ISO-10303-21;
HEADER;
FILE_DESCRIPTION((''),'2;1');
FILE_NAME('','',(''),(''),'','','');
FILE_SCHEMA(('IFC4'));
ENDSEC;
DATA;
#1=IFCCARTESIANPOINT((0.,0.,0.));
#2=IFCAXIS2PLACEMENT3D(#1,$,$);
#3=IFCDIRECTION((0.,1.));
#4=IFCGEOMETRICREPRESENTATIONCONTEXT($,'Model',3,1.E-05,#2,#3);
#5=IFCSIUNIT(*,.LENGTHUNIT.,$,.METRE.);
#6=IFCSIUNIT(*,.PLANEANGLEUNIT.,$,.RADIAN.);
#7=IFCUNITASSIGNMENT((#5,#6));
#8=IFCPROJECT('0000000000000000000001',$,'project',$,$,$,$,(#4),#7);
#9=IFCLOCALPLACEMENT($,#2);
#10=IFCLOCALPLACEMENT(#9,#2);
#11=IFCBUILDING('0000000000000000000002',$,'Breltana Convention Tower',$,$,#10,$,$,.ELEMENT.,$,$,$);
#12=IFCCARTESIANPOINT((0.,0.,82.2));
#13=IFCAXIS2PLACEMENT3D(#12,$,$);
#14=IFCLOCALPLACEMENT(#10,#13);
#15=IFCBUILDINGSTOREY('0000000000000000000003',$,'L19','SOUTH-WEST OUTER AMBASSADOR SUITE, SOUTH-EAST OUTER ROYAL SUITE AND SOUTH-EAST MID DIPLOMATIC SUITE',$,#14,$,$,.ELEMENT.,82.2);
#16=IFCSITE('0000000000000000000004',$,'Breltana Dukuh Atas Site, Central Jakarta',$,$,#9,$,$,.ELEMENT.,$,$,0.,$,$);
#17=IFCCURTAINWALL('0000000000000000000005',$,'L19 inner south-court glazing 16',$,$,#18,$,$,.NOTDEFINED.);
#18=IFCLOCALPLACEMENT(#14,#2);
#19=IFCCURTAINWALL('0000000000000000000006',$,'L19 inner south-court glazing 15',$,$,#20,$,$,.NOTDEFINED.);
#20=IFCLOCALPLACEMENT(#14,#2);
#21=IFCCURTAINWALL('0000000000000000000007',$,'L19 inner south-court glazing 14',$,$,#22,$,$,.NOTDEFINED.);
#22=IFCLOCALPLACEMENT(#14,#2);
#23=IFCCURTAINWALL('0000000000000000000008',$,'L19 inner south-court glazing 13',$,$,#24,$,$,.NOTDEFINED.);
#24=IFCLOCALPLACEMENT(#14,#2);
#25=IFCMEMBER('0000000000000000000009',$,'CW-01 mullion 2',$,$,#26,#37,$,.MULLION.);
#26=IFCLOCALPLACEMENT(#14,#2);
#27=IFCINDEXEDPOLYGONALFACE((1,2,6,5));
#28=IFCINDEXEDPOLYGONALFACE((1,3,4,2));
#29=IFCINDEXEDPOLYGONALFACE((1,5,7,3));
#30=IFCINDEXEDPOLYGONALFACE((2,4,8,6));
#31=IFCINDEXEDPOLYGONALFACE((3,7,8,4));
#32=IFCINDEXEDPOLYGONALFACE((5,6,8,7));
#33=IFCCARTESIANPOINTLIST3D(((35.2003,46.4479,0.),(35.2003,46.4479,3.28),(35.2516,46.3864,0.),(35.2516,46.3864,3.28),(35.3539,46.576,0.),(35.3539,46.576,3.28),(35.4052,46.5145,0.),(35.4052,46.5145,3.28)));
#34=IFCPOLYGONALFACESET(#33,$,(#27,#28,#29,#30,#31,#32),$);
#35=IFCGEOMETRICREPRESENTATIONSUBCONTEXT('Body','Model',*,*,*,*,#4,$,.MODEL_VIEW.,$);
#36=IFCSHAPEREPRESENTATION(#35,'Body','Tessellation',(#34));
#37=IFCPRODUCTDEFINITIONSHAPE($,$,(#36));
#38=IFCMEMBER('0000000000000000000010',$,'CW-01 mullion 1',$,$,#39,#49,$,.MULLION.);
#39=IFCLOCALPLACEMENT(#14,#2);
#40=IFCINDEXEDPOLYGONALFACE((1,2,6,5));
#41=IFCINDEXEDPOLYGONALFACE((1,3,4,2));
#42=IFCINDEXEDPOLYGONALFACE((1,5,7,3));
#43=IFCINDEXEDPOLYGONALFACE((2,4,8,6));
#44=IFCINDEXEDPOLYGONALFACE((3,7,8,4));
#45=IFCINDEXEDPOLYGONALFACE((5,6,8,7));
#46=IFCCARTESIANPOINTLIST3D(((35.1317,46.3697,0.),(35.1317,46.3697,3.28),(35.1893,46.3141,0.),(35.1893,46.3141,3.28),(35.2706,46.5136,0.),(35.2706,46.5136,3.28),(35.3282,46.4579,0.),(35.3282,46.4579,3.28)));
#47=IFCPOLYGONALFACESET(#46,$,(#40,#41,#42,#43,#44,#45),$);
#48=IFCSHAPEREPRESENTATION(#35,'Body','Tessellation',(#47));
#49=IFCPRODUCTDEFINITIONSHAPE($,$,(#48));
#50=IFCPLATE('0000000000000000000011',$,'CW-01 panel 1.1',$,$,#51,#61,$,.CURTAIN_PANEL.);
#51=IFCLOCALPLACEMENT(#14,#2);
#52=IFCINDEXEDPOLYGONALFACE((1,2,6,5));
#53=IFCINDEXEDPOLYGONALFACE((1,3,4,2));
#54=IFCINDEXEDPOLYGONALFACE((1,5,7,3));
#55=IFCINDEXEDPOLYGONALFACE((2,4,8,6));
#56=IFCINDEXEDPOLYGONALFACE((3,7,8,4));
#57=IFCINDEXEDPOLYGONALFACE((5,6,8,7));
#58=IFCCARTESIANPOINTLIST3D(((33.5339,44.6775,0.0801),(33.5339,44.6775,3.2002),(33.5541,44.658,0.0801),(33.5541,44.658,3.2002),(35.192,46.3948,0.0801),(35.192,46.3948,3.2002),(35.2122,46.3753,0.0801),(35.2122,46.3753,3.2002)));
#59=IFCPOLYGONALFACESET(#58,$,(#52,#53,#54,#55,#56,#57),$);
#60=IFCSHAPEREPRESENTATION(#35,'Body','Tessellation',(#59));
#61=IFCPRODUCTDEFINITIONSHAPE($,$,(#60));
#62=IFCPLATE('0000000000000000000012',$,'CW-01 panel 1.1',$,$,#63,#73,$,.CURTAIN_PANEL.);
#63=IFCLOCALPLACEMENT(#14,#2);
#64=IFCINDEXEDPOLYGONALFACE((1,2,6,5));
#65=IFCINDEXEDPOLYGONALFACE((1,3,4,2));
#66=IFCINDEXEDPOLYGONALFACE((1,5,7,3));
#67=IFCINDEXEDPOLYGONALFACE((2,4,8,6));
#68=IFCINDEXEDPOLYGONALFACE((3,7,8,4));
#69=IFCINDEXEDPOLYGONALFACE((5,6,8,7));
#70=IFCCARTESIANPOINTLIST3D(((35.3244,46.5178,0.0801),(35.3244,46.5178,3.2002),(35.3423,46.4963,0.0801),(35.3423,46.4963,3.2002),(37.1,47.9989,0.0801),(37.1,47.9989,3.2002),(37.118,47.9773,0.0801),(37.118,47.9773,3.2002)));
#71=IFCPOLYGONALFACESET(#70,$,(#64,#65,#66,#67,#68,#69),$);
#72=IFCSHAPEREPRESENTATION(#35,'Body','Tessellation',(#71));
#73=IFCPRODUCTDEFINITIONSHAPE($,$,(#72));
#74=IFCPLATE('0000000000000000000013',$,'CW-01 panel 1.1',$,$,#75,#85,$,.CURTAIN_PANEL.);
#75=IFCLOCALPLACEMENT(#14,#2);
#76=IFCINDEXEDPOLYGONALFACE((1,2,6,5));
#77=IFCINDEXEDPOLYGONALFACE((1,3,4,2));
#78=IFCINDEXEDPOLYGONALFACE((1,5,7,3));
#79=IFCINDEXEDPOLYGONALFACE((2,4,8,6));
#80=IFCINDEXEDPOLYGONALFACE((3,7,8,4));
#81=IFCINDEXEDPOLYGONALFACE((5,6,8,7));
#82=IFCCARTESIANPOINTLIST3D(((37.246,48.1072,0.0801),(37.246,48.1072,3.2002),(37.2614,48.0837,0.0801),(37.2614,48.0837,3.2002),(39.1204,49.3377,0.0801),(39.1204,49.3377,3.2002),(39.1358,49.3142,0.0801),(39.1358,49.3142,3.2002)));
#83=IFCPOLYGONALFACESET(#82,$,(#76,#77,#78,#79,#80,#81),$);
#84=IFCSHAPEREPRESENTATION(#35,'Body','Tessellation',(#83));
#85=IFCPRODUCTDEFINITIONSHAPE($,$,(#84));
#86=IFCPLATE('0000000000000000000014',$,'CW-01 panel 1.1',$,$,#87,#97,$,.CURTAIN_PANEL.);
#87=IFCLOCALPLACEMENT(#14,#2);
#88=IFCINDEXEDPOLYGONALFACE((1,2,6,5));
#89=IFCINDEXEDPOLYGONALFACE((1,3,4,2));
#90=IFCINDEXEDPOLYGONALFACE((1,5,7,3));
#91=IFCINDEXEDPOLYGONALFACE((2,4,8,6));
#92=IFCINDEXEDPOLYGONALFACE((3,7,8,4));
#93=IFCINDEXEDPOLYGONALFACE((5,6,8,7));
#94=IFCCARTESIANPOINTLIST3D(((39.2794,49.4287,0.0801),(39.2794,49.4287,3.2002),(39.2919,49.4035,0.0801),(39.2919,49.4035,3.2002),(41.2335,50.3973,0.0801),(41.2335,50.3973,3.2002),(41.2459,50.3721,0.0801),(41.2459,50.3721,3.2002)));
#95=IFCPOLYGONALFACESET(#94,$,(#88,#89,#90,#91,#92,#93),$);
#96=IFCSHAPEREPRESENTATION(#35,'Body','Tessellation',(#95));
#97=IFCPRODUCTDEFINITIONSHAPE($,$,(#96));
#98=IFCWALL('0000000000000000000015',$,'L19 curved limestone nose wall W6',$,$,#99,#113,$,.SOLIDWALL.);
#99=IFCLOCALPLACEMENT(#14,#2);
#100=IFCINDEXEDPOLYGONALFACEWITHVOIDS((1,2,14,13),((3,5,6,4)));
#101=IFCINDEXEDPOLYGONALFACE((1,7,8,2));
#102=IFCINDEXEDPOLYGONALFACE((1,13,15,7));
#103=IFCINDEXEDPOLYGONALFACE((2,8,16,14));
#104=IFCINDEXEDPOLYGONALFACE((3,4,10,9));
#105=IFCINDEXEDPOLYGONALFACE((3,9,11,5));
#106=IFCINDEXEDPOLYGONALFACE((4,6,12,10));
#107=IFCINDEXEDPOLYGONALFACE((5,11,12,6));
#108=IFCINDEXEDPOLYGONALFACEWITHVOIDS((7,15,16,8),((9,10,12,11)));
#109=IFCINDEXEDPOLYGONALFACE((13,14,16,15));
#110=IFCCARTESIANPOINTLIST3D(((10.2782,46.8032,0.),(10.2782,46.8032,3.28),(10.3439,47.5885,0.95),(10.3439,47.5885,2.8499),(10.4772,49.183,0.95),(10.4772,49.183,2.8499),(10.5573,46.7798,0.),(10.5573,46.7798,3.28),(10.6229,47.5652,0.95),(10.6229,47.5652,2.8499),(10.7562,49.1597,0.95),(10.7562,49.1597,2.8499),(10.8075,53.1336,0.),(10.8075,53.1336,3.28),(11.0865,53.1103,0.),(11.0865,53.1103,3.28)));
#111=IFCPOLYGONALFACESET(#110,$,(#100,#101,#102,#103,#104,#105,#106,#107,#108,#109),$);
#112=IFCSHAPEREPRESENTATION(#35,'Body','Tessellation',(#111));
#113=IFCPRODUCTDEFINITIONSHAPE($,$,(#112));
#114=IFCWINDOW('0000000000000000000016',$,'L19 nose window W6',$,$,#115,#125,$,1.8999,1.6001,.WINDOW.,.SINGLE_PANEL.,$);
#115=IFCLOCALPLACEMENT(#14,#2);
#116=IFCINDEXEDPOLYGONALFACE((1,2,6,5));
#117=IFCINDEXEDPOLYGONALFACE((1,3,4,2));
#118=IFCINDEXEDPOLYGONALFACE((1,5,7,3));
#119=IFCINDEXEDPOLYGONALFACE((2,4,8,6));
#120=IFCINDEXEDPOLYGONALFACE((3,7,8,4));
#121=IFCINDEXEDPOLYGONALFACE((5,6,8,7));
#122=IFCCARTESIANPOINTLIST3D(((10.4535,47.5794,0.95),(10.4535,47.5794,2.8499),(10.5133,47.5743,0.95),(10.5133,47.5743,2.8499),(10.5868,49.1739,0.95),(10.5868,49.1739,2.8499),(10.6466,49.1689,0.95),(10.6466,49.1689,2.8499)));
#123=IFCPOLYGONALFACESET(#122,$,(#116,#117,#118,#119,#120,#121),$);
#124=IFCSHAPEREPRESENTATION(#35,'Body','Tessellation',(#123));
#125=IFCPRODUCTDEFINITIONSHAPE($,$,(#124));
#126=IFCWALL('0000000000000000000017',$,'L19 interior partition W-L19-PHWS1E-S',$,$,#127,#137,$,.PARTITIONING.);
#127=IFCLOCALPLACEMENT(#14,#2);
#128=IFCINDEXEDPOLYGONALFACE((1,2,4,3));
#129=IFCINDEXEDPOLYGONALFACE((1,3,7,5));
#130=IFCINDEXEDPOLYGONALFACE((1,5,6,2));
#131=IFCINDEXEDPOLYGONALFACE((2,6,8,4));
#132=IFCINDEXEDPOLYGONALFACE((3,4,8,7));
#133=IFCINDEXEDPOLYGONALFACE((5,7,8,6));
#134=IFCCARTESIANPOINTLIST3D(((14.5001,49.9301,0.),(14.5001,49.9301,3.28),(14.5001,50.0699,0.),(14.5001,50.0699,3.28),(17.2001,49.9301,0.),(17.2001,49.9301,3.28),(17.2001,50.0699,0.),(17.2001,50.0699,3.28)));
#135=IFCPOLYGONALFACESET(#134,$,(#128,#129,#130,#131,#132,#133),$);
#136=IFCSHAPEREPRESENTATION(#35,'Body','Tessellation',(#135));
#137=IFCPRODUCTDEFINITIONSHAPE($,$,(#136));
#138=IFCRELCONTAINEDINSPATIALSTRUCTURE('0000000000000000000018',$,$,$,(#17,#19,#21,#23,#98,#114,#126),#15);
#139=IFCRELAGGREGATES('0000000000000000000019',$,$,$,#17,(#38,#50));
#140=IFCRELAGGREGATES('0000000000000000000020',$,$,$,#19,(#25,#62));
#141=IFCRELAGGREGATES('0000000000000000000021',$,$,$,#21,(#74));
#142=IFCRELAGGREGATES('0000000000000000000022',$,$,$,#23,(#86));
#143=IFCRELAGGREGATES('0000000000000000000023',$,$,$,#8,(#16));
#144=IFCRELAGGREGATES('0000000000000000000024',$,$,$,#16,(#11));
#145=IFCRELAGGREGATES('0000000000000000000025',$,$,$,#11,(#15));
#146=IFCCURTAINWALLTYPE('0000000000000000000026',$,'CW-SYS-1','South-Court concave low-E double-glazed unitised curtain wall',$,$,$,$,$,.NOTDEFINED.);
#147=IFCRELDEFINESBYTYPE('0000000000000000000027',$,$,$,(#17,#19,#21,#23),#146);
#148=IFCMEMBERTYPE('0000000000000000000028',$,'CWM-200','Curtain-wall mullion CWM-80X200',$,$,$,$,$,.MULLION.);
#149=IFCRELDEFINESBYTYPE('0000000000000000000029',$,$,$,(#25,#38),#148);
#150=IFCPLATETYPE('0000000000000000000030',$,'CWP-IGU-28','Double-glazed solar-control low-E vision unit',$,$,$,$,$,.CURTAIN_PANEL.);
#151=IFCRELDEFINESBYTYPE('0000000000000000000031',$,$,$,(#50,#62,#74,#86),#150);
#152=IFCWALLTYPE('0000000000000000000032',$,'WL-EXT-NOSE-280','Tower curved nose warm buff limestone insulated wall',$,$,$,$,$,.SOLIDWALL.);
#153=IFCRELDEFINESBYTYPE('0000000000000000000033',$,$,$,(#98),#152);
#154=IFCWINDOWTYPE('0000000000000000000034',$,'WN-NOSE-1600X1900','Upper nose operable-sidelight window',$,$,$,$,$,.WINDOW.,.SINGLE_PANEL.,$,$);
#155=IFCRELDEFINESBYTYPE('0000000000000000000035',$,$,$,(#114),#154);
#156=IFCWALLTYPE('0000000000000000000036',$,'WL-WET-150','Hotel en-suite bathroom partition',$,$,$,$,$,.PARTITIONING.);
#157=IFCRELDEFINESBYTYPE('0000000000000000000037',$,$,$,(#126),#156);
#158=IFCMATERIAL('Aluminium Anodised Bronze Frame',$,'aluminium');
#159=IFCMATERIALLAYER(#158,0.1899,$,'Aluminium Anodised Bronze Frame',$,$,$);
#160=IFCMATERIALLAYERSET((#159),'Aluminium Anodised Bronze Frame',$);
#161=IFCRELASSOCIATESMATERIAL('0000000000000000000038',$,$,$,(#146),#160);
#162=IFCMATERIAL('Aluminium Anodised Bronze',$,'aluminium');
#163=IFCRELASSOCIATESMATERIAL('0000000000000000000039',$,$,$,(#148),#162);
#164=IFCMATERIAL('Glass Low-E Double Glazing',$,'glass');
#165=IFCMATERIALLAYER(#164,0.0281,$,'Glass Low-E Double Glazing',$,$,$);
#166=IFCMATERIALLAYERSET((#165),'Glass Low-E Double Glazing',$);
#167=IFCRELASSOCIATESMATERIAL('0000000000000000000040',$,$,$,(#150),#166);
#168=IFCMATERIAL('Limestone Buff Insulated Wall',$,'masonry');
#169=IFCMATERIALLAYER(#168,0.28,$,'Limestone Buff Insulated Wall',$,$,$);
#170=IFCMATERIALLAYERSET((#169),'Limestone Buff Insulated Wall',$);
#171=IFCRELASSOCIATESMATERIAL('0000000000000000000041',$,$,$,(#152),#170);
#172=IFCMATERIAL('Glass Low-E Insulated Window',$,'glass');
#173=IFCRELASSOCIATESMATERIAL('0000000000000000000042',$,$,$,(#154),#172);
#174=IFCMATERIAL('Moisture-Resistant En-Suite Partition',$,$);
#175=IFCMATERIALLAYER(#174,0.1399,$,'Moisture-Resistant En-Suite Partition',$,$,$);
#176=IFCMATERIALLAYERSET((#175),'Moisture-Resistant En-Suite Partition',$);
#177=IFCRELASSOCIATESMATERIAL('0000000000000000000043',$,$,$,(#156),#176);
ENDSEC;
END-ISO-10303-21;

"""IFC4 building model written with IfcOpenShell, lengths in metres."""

from ifc_helpers import new_model, si_unit, direction, frame, frame_2d, origin, origin_2d, place, context, subcontext, project, spatial, rectangle, extrude, source, transform, mapped, material, layer, layer_set, material_profile, profile_set, type_object, type_shapes, element, fill, aggregate, save


model = new_model("IFC4")

# Units and contexts
model_context = context("Model", 3, precision=1e-05, world=origin(), true_north=direction((0.0, 1.0)))
body_context = subcontext(model_context, "Body", "Model", "MODEL_VIEW")
ifc_project = project(units=[si_unit("LENGTHUNIT", "METRE"), si_unit("PLANEANGLEUNIT", "RADIAN")], contexts=[model_context])

# Site, building, storey
site_placement = place(None, origin())
site = spatial("IfcSite", under=ifc_project, at=site_placement, Name="Breltana Dukuh Atas Site, Central Jakarta", CompositionType="ELEMENT", RefElevation=0.0)
building_placement = place(site_placement, origin())
building = spatial("IfcBuilding", under=site, at=building_placement, Name="Breltana Convention Tower", CompositionType="ELEMENT")
storey_placement = place(building_placement, frame((0.0, 0.0, 82.2)))
storey = spatial("IfcBuildingStorey", under=building, at=storey_placement, Name="L19", Description="SOUTH-WEST OUTER AMBASSADOR SUITE, SOUTH-EAST OUTER ROYAL SUITE AND SOUTH-EAST MID DIPLOMATIC SUITE", CompositionType="ELEMENT", Elevation=82.2)

# Curtain walls
ifc_material_1 = material(Name="Aluminium Anodised Bronze Frame", Category="aluminium")
ifc_layer_1 = layer(ifc_material_1, 0.1899, Name="Aluminium Anodised Bronze Frame")
ifc_layer_set_1 = layer_set([ifc_layer_1], Name="Aluminium Anodised Bronze Frame")
curtain_wall_type = type_object("IfcCurtainWallType", Name="CW-SYS-1", Description="South-Court concave low-E double-glazed unitised curtain wall", PredefinedType="NOTDEFINED", material=ifc_layer_set_1)
curtain_wall_1_placement = place(storey_placement, origin())
curtain_wall_1 = element("IfcCurtainWall", 1, at=curtain_wall_1_placement, inside=storey, type_object=curtain_wall_type, Name="L19 inner south-court glazing 16", PredefinedType="NOTDEFINED")
ifc_material_2 = material(Name="Aluminium Anodised Bronze", Category="aluminium")
curtain_wall_2_placement = place(storey_placement, origin())
curtain_wall_2 = element("IfcCurtainWall", 2, at=curtain_wall_2_placement, inside=storey, type_object=curtain_wall_type, Name="L19 inner south-court glazing 15", PredefinedType="NOTDEFINED")
curtain_wall_3_placement = place(storey_placement, origin())
curtain_wall_3 = element("IfcCurtainWall", 3, at=curtain_wall_3_placement, inside=storey, type_object=curtain_wall_type, Name="L19 inner south-court glazing 14", PredefinedType="NOTDEFINED")

# Curtain wall
curtain_wall_4_placement = place(storey_placement, origin())
curtain_wall_4 = element("IfcCurtainWall", 4, at=curtain_wall_4_placement, inside=storey, type_object=curtain_wall_type, Name="L19 inner south-court glazing 13", PredefinedType="NOTDEFINED")
ifc_material_profile_1 = material_profile(ifc_material_2, rectangle(XDim=0.0801, YDim=0.2, at=origin_2d()), Name="CWM-80X200")
ifc_profile_set_1 = profile_set([ifc_material_profile_1], Name="Aluminium Anodised Bronze")
member_type_1 = type_object("IfcMemberType", Name="CWM-200", Description="Curtain-wall mullion CWM-80X200", PredefinedType="MULLION", material=ifc_profile_set_1)
shared_shape_1 = source(origin(), body_context, "Body", "SweptSolid", [
    extrude(rectangle(XDim=0.0801, YDim=0.2, at=origin_2d()), origin(), (0.0, 0.0, 1.0), 3.28),
])

# Members
member_1_placement = place(storey_placement, frame((35.3027, 46.4812, 0.0), z_axis=(0.0, 0.0, 1.0), x_axis=(0.640523, -0.767939, 0.0)))
member_1 = element("IfcMember", 5, at=member_1_placement, type_object=member_type_1, Name="CW-01 mullion 2", PredefinedType="MULLION", context=body_context, shape_type="MappedRepresentation", body=[
    mapped(shared_shape_1, transform((0.0, 0.0, 0.0), scale=1.0)),
])
member_2_placement = place(storey_placement, frame((35.23, 46.4138, 0.0), z_axis=(0.0, 0.0, 1.0), x_axis=(0.719385, -0.694612, 0.0)))
member_2 = element("IfcMember", 6, at=member_2_placement, type_object=member_type_1, Name="CW-01 mullion 1", PredefinedType="MULLION", context=body_context, shape_type="MappedRepresentation", body=[
    mapped(shared_shape_1, transform((0.0, 0.0, 0.0), scale=1.0)),
])

# Plates
ifc_material_3 = material(Name="Glass Low-E Double Glazing", Category="glass")
ifc_layer_2 = layer(ifc_material_3, 0.0281, Name="Glass Low-E Double Glazing")
ifc_layer_set_2 = layer_set([ifc_layer_2], Name="Glass Low-E Double Glazing")
plate_type = type_object("IfcPlateType", Name="CWP-IGU-28", Description="Double-glazed solar-control low-E vision unit", PredefinedType="CURTAIN_PANEL", material=ifc_layer_set_2)
shared_shape_2 = source(origin(), body_context, "Body", "SweptSolid", [
    extrude(rectangle(XDim=2.3872, YDim=0.0281, at=origin_2d()), origin(), (0.0, 0.0, 1.0), 3.1201),
])
plate_1_placement = place(storey_placement, frame((34.373, 45.5264, 0.0801), z_axis=(0.0, 0.0, 1.0), x_axis=(-0.694612, -0.719385, 0.0)))
plate_1 = element("IfcPlate", 7, at=plate_1_placement, type_object=plate_type, Name="CW-01 panel 1.1", PredefinedType="CURTAIN_PANEL", context=body_context, shape_type="MappedRepresentation", body=[
    mapped(shared_shape_2, transform((0.0, 0.0, 0.0), scale=1.0)),
])
aggregate(curtain_wall_1, [member_2, plate_1])
shared_shape_3 = source(origin(), body_context, "Body", "SweptSolid", [
    extrude(rectangle(XDim=2.3123, YDim=0.0281, at=origin_2d()), origin(), (0.0, 0.0, 1.0), 3.1201),
])
plate_2_placement = place(storey_placement, frame((36.2212, 47.2476, 0.0801), z_axis=(0.0, 0.0, 1.0), x_axis=(-0.767939, -0.640523, 0.0)))
plate_2 = element("IfcPlate", 8, at=plate_2_placement, type_object=plate_type, Name="CW-01 panel 1.1", PredefinedType="CURTAIN_PANEL", context=body_context, shape_type="MappedRepresentation", body=[
    mapped(shared_shape_3, transform((0.0, 0.0, 0.0), scale=1.0)),
])
aggregate(curtain_wall_2, [member_1, plate_2])
shared_shape_4 = source(origin(), body_context, "Body", "SweptSolid", [
    extrude(rectangle(XDim=2.2422, YDim=0.0281, at=origin_2d()), origin(), (0.0, 0.0, 1.0), 3.1201),
])
plate_3_placement = place(storey_placement, frame((38.1909, 48.7107, 0.0801), z_axis=(0.0, 0.0, 1.0), x_axis=(-0.835968, -0.548778, 0.0)))
plate_3 = element("IfcPlate", 9, at=plate_3_placement, type_object=plate_type, Name="CW-01 panel 1.1", PredefinedType="CURTAIN_PANEL", context=body_context, shape_type="MappedRepresentation", body=[
    mapped(shared_shape_4, transform((0.0, 0.0, 0.0), scale=1.0)),
])
aggregate(curtain_wall_3, [plate_3])
shared_shape_5 = source(origin(), body_context, "Body", "SweptSolid", [
    extrude(rectangle(XDim=2.1809, YDim=0.0281, at=origin_2d()), origin(), (0.0, 0.0, 1.0), 3.1201),
])
plate_4_placement = place(storey_placement, frame((40.2627, 49.9004, 0.0801), z_axis=(0.0, 0.0, 1.0), x_axis=(-0.895968, -0.444118, 0.0)))
plate_4 = element("IfcPlate", 10, at=plate_4_placement, type_object=plate_type, Name="CW-01 panel 1.1", PredefinedType="CURTAIN_PANEL", context=body_context, shape_type="MappedRepresentation", body=[
    mapped(shared_shape_5, transform((0.0, 0.0, 0.0), scale=1.0)),
])
aggregate(curtain_wall_4, [plate_4])

# Wall, opening, window
ifc_material_4 = material(Name="Limestone Buff Insulated Wall", Category="masonry")
ifc_layer_3 = layer(ifc_material_4, 0.28, Name="Limestone Buff Insulated Wall")
ifc_layer_set_3 = layer_set([ifc_layer_3], Name="Limestone Buff Insulated Wall")
wall_type_1 = type_object("IfcWallType", Name="WL-EXT-NOSE-280", Description="Tower curved nose warm buff limestone insulated wall", PredefinedType="SOLIDWALL", material=ifc_layer_set_3)
shared_shape_6 = source(origin(), body_context, "Body", "SweptSolid", [
    extrude(rectangle(XDim=6.3525, YDim=0.28, at=frame_2d((3.1763, 0.0))), origin(), (0.0, 0.0, 1.0), 3.28),
])
wall_1_placement = place(storey_placement, frame((10.4177, 46.7915, 0.0), z_axis=(0.0, 0.0, 1.0), x_axis=(0.083319, 0.996523, 0.0)))
wall_1 = element("IfcWall", 11, at=wall_1_placement, inside=storey, type_object=wall_type_1, Name="L19 curved limestone nose wall W6", PredefinedType="SOLIDWALL", context=body_context, shape_type="MappedRepresentation", body=[
    mapped(shared_shape_6, transform((0.0, 0.0, 0.0), scale=1.0)),
])
opening_placement = place(wall_1_placement, frame((0.7881, 0.0, 0.95)))
opening = element("IfcOpeningElement", 12, at=opening_placement, cuts=wall_1, PredefinedType="OPENING", context=body_context, shape_type="SweptSolid", body=[
    extrude(rectangle(XDim=1.6001, YDim=1.8999, at=frame_2d((0.8, 0.95))), frame((0.0, 0.1499, 0.0), z_axis=(0.0, -1.0, 0.0), x_axis=(1.0, 0.0, 0.0)), (0.0, 0.0, 1.0), 0.3),
])
ifc_material_5 = material(Name="Glass Low-E Insulated Window", Category="glass")
window_type = type_object("IfcWindowType", Name="WN-NOSE-1600X1900", Description="Upper nose operable-sidelight window", PartitioningType="SINGLE_PANEL", PredefinedType="WINDOW", material=ifc_material_5)
shared_shape_7 = source(origin(), body_context, "Body", "SweptSolid", [
    extrude(rectangle(XDim=1.6001, YDim=1.8999, at=frame_2d((0.8, 0.95))), frame((0.0, 0.03, 0.0), z_axis=(0.0, -1.0, 0.0), x_axis=(1.0, 0.0, 0.0)), (0.0, 0.0, 1.0), 0.0601),
])
type_shapes(window_type, [shared_shape_7])
window_placement = place(opening_placement, origin())
window = element("IfcWindow", 13, at=window_placement, inside=storey, type_object=window_type, Name="L19 nose window W6", OverallHeight=1.8999, OverallWidth=1.6001, PartitioningType="SINGLE_PANEL", PredefinedType="WINDOW", context=body_context, shape_type="MappedRepresentation", body=[
    mapped(shared_shape_7, transform((0.0, 0.0, 0.0), scale=1.0)),
])
fill(opening, window)

# Wall
ifc_material_6 = material(Name="Moisture-Resistant En-Suite Partition")
ifc_layer_4 = layer(ifc_material_6, 0.1399, Name="Moisture-Resistant En-Suite Partition")
ifc_layer_set_4 = layer_set([ifc_layer_4], Name="Moisture-Resistant En-Suite Partition")
wall_type_2 = type_object("IfcWallType", Name="WL-WET-150", Description="Hotel en-suite bathroom partition", PredefinedType="PARTITIONING", material=ifc_layer_set_4)
shared_shape_8 = source(origin(), body_context, "Body", "SweptSolid", [
    extrude(rectangle(XDim=2.7, YDim=0.1399, at=frame_2d((1.3501, 0.0))), origin(), (0.0, 0.0, 1.0), 3.28),
])
wall_2_placement = place(storey_placement, frame((14.5, 50.0, 0.0), z_axis=(0.0, 0.0, 1.0), x_axis=(1.0, 0.0, 0.0)))
element("IfcWall", 14, at=wall_2_placement, inside=storey, type_object=wall_type_2, Name="L19 interior partition W-L19-PHWS1E-S", PredefinedType="PARTITIONING", context=body_context, shape_type="MappedRepresentation", body=[
    mapped(shared_shape_8, transform((0.0, 0.0, 0.0), scale=1.0)),
])

save(model, "model.ifc")
